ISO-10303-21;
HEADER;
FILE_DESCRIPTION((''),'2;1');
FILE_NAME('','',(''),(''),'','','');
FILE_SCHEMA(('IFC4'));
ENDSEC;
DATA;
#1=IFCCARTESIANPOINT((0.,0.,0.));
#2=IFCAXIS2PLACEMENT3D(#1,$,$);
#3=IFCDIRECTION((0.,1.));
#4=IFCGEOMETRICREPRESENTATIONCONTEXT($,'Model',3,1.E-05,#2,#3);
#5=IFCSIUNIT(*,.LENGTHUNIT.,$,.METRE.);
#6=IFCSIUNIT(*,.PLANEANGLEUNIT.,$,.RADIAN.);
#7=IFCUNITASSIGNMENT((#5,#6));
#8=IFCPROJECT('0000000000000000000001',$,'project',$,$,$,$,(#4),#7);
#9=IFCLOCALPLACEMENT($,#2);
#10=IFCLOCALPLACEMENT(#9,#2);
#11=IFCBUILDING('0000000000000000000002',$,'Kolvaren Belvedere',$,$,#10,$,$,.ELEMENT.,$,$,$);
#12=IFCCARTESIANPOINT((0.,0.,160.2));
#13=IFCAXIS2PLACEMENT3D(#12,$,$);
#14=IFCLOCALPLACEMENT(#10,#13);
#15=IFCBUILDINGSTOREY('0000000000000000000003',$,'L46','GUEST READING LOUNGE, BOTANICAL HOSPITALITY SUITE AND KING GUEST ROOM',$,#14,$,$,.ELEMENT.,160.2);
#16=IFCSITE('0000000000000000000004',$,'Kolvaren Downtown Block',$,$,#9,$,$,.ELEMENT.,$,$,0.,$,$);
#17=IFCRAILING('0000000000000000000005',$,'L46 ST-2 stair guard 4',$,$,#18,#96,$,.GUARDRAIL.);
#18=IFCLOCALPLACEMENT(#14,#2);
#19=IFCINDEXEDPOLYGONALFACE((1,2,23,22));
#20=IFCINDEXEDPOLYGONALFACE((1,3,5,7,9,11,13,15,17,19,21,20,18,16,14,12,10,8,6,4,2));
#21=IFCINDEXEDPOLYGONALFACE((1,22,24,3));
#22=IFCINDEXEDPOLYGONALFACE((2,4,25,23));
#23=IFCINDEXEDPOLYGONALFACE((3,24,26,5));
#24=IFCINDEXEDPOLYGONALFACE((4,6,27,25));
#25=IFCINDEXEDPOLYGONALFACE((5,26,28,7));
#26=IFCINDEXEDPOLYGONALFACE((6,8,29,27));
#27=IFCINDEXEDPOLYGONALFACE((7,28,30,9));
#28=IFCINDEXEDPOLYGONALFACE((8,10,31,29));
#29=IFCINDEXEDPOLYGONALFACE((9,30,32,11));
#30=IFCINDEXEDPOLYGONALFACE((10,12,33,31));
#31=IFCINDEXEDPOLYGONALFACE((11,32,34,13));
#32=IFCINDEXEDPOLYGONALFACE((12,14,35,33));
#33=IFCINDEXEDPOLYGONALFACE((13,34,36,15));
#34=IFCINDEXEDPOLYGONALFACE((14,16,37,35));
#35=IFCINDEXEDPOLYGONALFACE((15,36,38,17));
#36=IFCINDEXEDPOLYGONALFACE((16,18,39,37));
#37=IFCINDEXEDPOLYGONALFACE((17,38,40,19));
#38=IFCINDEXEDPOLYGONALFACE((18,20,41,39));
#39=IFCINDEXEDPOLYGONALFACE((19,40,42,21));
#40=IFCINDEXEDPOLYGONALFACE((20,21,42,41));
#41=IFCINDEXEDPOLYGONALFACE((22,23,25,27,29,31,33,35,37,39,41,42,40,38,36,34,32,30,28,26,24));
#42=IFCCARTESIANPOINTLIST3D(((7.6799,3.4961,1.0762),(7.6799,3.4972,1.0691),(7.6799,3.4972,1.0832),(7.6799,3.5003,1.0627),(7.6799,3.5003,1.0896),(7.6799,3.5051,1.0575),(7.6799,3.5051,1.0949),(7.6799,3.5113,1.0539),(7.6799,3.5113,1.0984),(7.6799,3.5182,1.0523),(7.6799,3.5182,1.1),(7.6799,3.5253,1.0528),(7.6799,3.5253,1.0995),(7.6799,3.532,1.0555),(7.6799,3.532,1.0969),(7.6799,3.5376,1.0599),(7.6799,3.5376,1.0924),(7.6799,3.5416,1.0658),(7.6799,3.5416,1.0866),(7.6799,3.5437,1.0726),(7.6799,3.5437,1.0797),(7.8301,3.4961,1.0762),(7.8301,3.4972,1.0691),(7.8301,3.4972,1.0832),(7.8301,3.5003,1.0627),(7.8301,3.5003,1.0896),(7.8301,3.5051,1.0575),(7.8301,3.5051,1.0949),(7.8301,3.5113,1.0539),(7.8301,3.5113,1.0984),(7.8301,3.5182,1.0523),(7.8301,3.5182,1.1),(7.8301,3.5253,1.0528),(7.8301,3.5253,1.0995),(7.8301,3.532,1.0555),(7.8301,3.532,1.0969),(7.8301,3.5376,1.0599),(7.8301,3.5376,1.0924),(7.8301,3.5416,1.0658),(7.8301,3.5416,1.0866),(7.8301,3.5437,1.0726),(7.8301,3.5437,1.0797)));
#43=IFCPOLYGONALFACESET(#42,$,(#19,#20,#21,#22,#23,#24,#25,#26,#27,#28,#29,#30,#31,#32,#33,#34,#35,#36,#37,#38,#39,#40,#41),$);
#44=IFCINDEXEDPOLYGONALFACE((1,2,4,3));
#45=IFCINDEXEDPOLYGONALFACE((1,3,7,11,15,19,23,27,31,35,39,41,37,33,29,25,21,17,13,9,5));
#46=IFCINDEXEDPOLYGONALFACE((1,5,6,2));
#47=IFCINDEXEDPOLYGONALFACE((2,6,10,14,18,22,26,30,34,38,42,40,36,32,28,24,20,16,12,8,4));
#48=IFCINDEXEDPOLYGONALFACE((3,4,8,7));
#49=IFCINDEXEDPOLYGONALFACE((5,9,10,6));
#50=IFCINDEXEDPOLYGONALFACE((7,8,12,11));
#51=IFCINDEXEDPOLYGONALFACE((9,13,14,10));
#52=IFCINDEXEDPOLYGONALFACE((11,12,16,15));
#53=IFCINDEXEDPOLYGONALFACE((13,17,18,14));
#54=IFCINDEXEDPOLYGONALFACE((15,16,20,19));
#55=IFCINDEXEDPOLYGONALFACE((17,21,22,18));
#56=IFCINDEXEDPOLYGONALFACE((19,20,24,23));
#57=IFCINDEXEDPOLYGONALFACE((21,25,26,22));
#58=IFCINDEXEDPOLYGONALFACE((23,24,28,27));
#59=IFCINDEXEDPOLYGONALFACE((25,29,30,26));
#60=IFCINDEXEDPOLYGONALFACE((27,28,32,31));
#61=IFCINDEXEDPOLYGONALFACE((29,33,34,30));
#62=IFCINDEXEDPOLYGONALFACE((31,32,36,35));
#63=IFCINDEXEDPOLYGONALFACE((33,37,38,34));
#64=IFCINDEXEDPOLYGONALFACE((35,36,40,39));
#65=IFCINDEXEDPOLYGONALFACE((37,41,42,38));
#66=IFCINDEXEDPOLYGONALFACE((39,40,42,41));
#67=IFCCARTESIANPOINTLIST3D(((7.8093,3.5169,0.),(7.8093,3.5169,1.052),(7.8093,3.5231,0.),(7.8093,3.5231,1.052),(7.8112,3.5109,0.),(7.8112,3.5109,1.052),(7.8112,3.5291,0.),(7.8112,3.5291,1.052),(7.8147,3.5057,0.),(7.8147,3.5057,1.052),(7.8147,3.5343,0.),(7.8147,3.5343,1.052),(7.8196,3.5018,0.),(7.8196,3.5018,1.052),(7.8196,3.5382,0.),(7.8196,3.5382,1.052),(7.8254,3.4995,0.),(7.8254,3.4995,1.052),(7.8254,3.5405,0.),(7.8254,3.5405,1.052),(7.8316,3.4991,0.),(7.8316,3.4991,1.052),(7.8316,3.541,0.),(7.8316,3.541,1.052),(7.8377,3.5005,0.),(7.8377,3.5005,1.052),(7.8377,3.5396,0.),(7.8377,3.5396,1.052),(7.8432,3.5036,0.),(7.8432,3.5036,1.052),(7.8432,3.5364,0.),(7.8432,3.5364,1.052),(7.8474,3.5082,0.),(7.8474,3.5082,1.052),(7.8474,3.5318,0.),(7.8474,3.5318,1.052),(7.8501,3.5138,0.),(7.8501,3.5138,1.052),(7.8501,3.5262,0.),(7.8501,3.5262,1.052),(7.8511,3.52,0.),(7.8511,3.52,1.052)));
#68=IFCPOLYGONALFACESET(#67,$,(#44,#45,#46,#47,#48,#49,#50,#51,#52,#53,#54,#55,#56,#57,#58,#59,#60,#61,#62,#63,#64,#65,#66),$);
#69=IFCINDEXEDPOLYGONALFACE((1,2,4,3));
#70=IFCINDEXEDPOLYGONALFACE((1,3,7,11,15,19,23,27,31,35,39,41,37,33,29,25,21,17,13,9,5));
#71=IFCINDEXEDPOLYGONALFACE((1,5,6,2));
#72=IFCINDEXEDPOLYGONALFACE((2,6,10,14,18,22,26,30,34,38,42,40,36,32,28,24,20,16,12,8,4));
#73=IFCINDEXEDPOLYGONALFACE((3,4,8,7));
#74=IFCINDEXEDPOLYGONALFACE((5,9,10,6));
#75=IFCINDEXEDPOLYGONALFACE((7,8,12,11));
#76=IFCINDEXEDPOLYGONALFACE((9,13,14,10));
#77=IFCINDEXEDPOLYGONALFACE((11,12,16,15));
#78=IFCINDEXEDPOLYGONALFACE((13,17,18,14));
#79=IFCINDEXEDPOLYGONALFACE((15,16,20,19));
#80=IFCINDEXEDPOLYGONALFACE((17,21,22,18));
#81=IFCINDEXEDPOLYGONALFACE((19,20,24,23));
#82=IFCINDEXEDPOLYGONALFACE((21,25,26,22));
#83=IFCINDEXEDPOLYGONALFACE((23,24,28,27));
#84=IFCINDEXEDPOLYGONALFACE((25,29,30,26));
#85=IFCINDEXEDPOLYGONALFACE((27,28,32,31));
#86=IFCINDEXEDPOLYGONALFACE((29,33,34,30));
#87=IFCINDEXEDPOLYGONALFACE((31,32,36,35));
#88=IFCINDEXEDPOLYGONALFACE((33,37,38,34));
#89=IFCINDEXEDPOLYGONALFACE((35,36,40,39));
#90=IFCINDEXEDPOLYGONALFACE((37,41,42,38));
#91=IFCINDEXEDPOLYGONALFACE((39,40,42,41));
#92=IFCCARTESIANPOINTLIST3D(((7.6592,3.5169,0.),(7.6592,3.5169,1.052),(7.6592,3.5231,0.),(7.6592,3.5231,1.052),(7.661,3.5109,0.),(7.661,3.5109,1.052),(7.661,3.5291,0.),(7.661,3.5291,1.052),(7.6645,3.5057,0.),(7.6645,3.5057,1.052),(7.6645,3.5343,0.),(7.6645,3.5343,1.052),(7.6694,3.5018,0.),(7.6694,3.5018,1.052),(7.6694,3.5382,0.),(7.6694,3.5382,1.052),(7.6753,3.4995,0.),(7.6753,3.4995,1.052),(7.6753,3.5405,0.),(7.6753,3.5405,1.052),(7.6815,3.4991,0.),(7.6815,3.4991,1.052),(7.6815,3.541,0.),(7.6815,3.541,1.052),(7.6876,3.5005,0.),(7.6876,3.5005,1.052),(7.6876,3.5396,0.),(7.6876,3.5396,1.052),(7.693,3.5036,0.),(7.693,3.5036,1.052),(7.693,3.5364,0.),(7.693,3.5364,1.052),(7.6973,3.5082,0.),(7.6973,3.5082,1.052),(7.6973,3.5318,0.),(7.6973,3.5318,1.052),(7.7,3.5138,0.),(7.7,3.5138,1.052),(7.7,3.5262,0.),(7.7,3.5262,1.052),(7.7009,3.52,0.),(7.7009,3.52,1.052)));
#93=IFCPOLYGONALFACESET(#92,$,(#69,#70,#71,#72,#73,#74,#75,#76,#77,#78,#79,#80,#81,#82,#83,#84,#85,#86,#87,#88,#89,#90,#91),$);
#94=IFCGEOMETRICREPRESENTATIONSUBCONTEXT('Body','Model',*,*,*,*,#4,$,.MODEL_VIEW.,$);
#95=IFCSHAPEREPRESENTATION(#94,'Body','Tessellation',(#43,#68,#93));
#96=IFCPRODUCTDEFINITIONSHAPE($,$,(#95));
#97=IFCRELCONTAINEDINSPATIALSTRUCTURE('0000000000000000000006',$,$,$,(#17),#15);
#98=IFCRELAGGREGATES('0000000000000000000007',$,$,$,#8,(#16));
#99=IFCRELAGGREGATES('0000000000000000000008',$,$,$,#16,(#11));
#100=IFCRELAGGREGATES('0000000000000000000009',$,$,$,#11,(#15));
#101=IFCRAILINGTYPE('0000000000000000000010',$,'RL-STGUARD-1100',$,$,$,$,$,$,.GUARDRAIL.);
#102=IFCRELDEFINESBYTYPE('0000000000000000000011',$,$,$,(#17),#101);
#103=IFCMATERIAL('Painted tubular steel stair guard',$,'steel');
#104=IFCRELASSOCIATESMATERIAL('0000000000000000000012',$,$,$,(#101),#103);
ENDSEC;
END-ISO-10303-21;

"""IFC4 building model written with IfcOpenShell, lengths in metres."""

from ifc_helpers import new_model, si_unit, direction, frame, origin, origin_2d, place, context, subcontext, project, spatial, circle, extrude, material, type_object, element, save


model = new_model("IFC4")

# Units and contexts
model_context = context("Model", 3, precision=1e-05, world=origin(), true_north=direction((0.0, 1.0)))
body_context = subcontext(model_context, "Body", "Model", "MODEL_VIEW")
ifc_project = project(units=[si_unit("LENGTHUNIT", "METRE"), si_unit("PLANEANGLEUNIT", "RADIAN")], contexts=[model_context])

# Site, building, storey
site_placement = place(None, origin())
site = spatial("IfcSite", under=ifc_project, at=site_placement, Name="Kolvaren Downtown Block", CompositionType="ELEMENT", RefElevation=0.0)
building_placement = place(site_placement, origin())
building = spatial("IfcBuilding", under=site, at=building_placement, Name="Kolvaren Belvedere", CompositionType="ELEMENT")
storey_placement = place(building_placement, frame((0.0, 0.0, 160.2)))
storey = spatial("IfcBuildingStorey", under=building, at=storey_placement, Name="L46", Description="GUEST READING LOUNGE, BOTANICAL HOSPITALITY SUITE AND KING GUEST ROOM", CompositionType="ELEMENT", Elevation=160.2)

# Railing
ifc_material_1 = material(Name="Painted tubular steel stair guard", Category="steel")
railing_type_1 = type_object("IfcRailingType", Name="RL-STGUARD-1100", PredefinedType="GUARDRAIL", material=ifc_material_1)
railing_1_placement = place(storey_placement, frame((7.8301, 3.52, 0.0)))
element("IfcRailing", 1, at=railing_1_placement, inside=storey, type_object=railing_type_1, Name="L46 ST-2 stair guard 4", PredefinedType="GUARDRAIL", context=body_context, shape_type="SweptSolid", body=[
    extrude(circle(Radius=0.0239, at=origin_2d()), frame((0.0, 0.0, 1.0762), z_axis=(-1.0, 0.0, 0.0), x_axis=(0.0, -1.0, 0.0)), (0.0, 0.0, 1.0), 0.1501),
    extrude(circle(Radius=0.021, at=origin_2d()), origin(), (0.0, 0.0, 1.0), 1.052),
    extrude(circle(Radius=0.021, at=origin_2d()), frame((-0.1501, 0.0, 0.0)), (0.0, 0.0, 1.0), 1.052),
])

save(model, "model.ifc")
